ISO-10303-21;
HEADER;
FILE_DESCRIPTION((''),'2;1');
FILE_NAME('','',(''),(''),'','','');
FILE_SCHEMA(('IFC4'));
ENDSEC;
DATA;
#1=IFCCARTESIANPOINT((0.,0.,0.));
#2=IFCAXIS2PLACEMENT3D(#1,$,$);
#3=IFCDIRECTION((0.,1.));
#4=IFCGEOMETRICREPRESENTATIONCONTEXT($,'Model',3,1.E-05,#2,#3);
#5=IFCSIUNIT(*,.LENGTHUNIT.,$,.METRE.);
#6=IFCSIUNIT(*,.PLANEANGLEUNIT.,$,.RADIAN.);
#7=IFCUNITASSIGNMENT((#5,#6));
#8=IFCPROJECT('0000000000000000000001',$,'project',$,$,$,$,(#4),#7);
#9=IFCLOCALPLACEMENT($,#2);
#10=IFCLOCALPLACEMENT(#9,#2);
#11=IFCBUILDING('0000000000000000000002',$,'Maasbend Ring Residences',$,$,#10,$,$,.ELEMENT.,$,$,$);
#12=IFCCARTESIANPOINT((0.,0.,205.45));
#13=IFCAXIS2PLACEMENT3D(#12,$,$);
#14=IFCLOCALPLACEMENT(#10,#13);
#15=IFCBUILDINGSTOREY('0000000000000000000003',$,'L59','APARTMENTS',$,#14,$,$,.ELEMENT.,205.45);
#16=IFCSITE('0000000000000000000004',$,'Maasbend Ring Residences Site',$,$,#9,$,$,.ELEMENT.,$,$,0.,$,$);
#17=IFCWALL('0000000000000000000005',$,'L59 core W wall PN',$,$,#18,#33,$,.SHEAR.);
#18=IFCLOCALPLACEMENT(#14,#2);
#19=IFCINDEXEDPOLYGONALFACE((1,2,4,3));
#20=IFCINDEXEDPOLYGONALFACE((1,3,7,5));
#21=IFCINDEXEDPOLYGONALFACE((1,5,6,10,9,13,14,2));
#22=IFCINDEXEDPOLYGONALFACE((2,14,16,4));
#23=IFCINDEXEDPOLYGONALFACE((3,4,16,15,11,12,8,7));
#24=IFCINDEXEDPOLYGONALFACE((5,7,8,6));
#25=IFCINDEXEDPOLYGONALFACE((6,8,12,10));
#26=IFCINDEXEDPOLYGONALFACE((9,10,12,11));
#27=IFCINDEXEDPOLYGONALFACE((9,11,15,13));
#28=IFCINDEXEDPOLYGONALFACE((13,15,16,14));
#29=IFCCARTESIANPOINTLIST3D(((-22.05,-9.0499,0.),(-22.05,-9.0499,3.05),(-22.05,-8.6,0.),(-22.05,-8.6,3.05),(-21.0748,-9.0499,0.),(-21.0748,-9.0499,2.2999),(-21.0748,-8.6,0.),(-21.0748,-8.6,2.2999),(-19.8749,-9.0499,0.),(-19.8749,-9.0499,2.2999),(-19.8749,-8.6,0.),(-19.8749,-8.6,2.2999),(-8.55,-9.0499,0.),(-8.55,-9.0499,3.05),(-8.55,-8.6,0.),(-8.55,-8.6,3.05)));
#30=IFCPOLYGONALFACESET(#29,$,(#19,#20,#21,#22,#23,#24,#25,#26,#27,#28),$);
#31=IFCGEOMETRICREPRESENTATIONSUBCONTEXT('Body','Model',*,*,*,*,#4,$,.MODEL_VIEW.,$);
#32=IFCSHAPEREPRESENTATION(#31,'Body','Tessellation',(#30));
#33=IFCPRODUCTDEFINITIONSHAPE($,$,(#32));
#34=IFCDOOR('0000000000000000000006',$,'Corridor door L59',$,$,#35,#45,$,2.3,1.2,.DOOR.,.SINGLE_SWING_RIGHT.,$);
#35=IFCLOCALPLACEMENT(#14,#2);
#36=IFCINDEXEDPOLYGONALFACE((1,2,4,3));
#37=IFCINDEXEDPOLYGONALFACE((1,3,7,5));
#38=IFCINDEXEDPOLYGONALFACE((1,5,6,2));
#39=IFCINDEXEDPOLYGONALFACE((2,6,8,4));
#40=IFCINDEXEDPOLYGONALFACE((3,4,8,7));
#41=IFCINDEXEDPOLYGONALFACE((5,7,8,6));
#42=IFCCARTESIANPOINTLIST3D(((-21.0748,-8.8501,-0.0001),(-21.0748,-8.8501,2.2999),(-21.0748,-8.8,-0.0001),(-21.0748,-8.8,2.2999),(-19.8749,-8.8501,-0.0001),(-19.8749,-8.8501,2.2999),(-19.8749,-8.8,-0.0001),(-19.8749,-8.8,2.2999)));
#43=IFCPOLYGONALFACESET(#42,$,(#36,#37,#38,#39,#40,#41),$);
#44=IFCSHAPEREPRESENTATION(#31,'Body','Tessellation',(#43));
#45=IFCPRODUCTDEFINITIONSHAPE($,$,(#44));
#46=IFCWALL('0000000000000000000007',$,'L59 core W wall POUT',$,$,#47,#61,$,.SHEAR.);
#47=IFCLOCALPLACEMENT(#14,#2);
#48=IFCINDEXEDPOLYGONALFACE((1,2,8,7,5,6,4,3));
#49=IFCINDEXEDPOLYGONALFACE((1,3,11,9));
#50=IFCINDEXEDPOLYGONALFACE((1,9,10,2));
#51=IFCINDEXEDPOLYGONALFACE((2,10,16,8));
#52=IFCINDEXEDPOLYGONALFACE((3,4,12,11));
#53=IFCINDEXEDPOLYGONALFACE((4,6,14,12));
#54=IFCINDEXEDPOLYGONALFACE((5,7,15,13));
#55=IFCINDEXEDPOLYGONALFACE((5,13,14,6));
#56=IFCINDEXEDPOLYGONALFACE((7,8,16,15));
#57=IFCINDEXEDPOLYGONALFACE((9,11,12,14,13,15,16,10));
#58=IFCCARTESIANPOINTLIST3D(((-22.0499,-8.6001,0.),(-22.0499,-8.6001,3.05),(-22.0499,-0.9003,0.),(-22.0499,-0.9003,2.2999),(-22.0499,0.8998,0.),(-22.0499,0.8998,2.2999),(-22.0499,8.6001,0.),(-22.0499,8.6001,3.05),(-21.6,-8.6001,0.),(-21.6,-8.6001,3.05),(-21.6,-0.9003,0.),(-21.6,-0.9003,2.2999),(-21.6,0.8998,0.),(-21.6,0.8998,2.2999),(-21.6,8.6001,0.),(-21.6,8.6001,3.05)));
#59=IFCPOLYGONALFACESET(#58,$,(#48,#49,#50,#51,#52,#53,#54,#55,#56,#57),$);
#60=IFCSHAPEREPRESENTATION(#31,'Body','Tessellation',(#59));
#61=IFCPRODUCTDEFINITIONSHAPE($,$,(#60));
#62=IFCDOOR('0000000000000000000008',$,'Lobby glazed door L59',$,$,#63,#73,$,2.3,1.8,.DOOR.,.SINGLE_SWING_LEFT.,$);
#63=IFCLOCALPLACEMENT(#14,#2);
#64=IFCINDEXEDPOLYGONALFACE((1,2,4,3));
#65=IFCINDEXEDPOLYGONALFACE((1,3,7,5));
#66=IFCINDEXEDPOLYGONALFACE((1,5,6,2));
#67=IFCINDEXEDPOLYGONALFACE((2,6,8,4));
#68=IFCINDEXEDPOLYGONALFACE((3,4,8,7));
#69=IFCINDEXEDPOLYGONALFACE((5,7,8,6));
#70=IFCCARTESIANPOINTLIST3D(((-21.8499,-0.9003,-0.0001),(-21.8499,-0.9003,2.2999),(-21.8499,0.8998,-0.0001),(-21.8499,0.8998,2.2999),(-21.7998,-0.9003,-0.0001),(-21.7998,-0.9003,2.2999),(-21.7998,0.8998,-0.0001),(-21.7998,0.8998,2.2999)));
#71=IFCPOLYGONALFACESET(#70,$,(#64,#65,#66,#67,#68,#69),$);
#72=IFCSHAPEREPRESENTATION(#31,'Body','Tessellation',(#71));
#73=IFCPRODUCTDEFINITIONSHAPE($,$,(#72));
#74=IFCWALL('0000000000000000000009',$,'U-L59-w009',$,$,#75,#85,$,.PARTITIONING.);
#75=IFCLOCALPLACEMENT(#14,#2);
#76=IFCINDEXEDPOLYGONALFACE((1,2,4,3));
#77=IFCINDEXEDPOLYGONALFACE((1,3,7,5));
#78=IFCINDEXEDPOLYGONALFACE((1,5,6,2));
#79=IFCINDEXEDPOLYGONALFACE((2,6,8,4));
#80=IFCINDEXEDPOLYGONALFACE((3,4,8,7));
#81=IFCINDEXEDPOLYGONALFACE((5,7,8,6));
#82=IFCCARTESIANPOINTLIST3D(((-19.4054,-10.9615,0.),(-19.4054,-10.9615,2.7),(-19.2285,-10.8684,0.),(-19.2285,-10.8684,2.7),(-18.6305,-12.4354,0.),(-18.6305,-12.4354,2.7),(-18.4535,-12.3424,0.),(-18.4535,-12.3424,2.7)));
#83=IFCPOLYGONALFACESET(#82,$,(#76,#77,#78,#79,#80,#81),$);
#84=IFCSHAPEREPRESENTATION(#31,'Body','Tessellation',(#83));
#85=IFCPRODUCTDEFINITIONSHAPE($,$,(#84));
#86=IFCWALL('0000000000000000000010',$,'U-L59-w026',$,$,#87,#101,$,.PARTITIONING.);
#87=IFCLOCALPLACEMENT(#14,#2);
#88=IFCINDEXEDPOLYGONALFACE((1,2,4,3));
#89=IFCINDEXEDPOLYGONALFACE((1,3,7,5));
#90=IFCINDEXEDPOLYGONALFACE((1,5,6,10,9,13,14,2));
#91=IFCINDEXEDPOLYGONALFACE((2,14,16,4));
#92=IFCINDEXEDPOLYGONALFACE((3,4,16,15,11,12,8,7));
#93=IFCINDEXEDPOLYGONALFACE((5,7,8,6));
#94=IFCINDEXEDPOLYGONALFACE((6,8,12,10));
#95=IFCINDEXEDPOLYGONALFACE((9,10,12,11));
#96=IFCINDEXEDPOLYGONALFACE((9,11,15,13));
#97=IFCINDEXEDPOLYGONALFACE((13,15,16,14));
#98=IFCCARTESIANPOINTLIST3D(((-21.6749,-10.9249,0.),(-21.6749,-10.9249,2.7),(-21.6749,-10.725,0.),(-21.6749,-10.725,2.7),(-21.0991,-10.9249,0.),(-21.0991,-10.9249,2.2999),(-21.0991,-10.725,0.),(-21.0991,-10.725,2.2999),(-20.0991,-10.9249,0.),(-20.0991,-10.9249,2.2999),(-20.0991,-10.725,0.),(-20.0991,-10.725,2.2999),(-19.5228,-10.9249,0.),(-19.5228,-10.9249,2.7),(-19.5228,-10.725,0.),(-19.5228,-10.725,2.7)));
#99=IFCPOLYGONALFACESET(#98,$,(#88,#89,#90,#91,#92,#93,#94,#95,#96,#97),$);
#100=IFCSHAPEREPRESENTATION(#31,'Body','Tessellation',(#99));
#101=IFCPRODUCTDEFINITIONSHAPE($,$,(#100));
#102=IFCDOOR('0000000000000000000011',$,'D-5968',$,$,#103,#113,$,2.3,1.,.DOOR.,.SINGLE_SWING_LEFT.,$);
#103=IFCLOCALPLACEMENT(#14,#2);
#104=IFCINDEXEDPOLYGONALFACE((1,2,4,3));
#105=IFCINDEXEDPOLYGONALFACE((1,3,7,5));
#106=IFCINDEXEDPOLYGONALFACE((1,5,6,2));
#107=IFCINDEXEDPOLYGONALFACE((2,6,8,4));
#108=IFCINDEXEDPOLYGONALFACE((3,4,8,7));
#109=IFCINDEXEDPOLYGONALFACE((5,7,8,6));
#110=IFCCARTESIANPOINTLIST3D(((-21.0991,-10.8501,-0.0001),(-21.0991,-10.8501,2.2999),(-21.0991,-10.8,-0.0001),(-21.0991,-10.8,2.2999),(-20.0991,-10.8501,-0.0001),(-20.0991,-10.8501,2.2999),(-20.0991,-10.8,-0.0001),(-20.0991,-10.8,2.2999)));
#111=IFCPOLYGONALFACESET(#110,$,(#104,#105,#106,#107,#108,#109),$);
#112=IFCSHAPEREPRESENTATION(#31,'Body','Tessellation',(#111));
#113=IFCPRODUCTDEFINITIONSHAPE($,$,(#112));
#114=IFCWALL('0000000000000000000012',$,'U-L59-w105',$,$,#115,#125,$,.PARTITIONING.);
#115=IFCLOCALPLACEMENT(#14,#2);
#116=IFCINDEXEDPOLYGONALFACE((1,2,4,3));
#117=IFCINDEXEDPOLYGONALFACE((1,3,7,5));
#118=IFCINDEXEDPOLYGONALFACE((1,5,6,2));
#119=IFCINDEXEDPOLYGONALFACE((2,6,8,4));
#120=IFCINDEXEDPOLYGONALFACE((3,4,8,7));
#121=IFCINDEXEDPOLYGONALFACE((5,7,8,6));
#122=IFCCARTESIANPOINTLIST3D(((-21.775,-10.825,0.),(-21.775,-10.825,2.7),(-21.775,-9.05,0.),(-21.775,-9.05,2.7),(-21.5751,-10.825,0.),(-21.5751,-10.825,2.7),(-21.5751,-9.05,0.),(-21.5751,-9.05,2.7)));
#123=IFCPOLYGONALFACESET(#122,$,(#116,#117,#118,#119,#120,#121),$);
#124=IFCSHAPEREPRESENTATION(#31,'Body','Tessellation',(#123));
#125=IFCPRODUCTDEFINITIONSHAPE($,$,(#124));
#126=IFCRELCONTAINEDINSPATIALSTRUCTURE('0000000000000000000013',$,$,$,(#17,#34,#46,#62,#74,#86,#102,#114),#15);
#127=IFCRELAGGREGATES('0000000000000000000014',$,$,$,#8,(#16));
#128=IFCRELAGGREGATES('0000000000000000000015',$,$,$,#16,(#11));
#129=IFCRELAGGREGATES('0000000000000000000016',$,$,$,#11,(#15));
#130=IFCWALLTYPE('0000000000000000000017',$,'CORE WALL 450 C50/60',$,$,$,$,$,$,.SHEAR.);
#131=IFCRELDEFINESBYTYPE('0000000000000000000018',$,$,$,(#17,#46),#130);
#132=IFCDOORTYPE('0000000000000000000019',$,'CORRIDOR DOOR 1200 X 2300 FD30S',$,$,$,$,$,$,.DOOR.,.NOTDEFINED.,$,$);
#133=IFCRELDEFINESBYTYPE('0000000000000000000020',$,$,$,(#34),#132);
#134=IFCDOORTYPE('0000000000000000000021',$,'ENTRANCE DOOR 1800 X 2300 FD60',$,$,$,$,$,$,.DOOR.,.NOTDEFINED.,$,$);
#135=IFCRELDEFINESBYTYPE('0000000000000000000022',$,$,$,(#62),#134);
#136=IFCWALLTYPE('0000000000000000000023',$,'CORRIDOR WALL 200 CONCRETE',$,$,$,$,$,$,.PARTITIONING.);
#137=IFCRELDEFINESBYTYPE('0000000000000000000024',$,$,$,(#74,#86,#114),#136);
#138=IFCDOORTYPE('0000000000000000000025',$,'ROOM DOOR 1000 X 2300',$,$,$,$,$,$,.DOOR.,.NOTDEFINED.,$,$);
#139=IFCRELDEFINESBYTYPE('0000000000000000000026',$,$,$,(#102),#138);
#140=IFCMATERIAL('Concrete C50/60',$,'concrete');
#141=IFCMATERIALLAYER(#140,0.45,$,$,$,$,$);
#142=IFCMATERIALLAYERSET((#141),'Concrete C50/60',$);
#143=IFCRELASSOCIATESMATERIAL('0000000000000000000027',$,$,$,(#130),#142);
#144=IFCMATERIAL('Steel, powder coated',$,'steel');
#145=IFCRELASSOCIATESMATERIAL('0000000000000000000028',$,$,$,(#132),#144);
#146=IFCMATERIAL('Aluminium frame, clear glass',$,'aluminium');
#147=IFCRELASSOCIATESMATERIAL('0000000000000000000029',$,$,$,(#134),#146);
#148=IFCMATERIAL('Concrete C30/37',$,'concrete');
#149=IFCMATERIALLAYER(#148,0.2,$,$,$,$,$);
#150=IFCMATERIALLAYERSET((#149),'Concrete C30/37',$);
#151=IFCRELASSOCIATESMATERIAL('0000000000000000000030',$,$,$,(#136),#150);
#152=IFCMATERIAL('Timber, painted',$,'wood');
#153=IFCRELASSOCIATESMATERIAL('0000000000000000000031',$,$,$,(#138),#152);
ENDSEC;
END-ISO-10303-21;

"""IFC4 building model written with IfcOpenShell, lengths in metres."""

from ifc_helpers import new_model, si_unit, direction, frame, frame_2d, origin, place, context, subcontext, project, spatial, rectangle, extrude, material, layer, layer_set, type_object, element, fill, save


model = new_model("IFC4")

# Units and contexts
model_context = context("Model", 3, precision=1e-05, world=origin(), true_north=direction((0.0, 1.0)))
body_context = subcontext(model_context, "Body", "Model", "MODEL_VIEW")
ifc_project = project(units=[si_unit("LENGTHUNIT", "METRE"), si_unit("PLANEANGLEUNIT", "RADIAN")], contexts=[model_context])

# Site, building, storey
site_placement = place(None, origin())
site = spatial("IfcSite", under=ifc_project, at=site_placement, Name="Maasbend Ring Residences Site", CompositionType="ELEMENT", RefElevation=0.0)
building_placement = place(site_placement, origin())
building = spatial("IfcBuilding", under=site, at=building_placement, Name="Maasbend Ring Residences", CompositionType="ELEMENT")
storey_placement = place(building_placement, frame((0.0, 0.0, 205.45)))
storey = spatial("IfcBuildingStorey", under=building, at=storey_placement, Name="L59", Description="APARTMENTS", CompositionType="ELEMENT", Elevation=205.45)

# Walls, openings, doors
ifc_material_1 = material(Name="Concrete C50/60", Category="concrete")
ifc_layer_1 = layer(ifc_material_1, 0.45)
ifc_layer_set_1 = layer_set([ifc_layer_1], Name="Concrete C50/60")
wall_type_1 = type_object("IfcWallType", Name="CORE WALL 450 C50/60", PredefinedType="SHEAR", material=ifc_layer_set_1)
wall_1_placement = place(storey_placement, frame((-22.05, -8.825, 0.0), z_axis=(0.0, 0.0, 1.0), x_axis=(1.0, 0.0, 0.0)))
wall_1 = element("IfcWall", 1, at=wall_1_placement, inside=storey, type_object=wall_type_1, Name="L59 core W wall PN", PredefinedType="SHEAR", context=body_context, shape_type="SweptSolid", body=[
    extrude(rectangle(XDim=13.5, YDim=0.45, at=frame_2d((6.75, 0.0))), origin(), (0.0, 0.0, 1.0), 3.05),
])
opening_1_placement = place(wall_1_placement, frame((0.9751, 0.0, 0.0)))
opening_1 = element("IfcOpeningElement", 2, at=opening_1_placement, cuts=wall_1, PredefinedType="OPENING", context=body_context, shape_type="SweptSolid", body=[
    extrude(rectangle(XDim=1.2, YDim=2.3, at=frame_2d((0.6001, 1.1499))), frame((0.0, 0.2349, 0.0), z_axis=(0.0, -1.0, 0.0), x_axis=(1.0, 0.0, 0.0)), (0.0, 0.0, 1.0), 0.47),
])
ifc_material_2 = material(Name="Steel, powder coated", Category="steel")
door_type_1 = type_object("IfcDoorType", Name="CORRIDOR DOOR 1200 X 2300 FD30S", OperationType="NOTDEFINED", PredefinedType="DOOR", material=ifc_material_2)
door_1_placement = place(opening_1_placement, origin())
door_1 = element("IfcDoor", 3, at=door_1_placement, inside=storey, type_object=door_type_1, Name="Corridor door L59", OperationType="SINGLE_SWING_RIGHT", OverallHeight=2.3, OverallWidth=1.2, PredefinedType="DOOR", context=body_context, shape_type="SweptSolid", body=[
    extrude(rectangle(XDim=1.2, YDim=2.3, at=frame_2d((0.6001, 1.1499))), frame((0.0, 0.0249, 0.0), z_axis=(0.0, -1.0, 0.0), x_axis=(1.0, 0.0, 0.0)), (0.0, 0.0, 1.0), 0.05),
])
fill(opening_1, door_1)
wall_2_placement = place(storey_placement, frame((-21.825, -8.6001, 0.0), z_axis=(0.0, 0.0, 1.0), x_axis=(0.0, 1.0, 0.0)))
wall_2 = element("IfcWall", 4, at=wall_2_placement, inside=storey, type_object=wall_type_1, Name="L59 core W wall POUT", PredefinedType="SHEAR", context=body_context, shape_type="SweptSolid", body=[
    extrude(rectangle(XDim=17.2002, YDim=0.45, at=frame_2d((8.6001, 0.0))), origin(), (0.0, 0.0, 1.0), 3.05),
])
opening_2_placement = place(wall_2_placement, frame((7.7, 0.0, 0.0)))
opening_2 = element("IfcOpeningElement", 5, at=opening_2_placement, cuts=wall_2, PredefinedType="OPENING", context=body_context, shape_type="SweptSolid", body=[
    extrude(rectangle(XDim=1.8, YDim=2.3, at=frame_2d((0.8999, 1.1499))), frame((0.0, 0.2349, 0.0), z_axis=(0.0, -1.0, 0.0), x_axis=(1.0, 0.0, 0.0)), (0.0, 0.0, 1.0), 0.47),
])
ifc_material_3 = material(Name="Aluminium frame, clear glass", Category="aluminium")
door_type_2 = type_object("IfcDoorType", Name="ENTRANCE DOOR 1800 X 2300 FD60", OperationType="NOTDEFINED", PredefinedType="DOOR", material=ifc_material_3)
door_2_placement = place(opening_2_placement, origin())
door_2 = element("IfcDoor", 6, at=door_2_placement, inside=storey, type_object=door_type_2, Name="Lobby glazed door L59", OperationType="SINGLE_SWING_LEFT", OverallHeight=2.3, OverallWidth=1.8, PredefinedType="DOOR", context=body_context, shape_type="SweptSolid", body=[
    extrude(rectangle(XDim=1.8, YDim=2.3, at=frame_2d((0.8999, 1.1499))), frame((0.0, 0.0249, 0.0), z_axis=(0.0, -1.0, 0.0), x_axis=(1.0, 0.0, 0.0)), (0.0, 0.0, 1.0), 0.05),
])
fill(opening_2, door_2)

# Wall
ifc_material_4 = material(Name="Concrete C30/37", Category="concrete")
ifc_layer_2 = layer(ifc_material_4, 0.2)
ifc_layer_set_2 = layer_set([ifc_layer_2], Name="Concrete C30/37")
wall_type_2 = type_object("IfcWallType", Name="CORRIDOR WALL 200 CONCRETE", PredefinedType="PARTITIONING", material=ifc_layer_set_2)
wall_3_placement = place(storey_placement, frame((-19.3169, -10.915, 0.0), z_axis=(0.0, 0.0, 1.0), x_axis=(0.46536, -0.885122, 0.0)))
element("IfcWall", 7, at=wall_3_placement, inside=storey, type_object=wall_type_2, Name="U-L59-w009", PredefinedType="PARTITIONING", context=body_context, shape_type="SweptSolid", body=[
    extrude(rectangle(XDim=1.6653, YDim=0.2, at=frame_2d((0.8325, 0.0))), origin(), (0.0, 0.0, 1.0), 2.7),
])

# Wall, opening, door
wall_4_placement = place(storey_placement, frame((-21.675, -10.825, 0.0), z_axis=(0.0, 0.0, 1.0), x_axis=(1.0, 0.0, 0.0)))
wall_4 = element("IfcWall", 8, at=wall_4_placement, inside=storey, type_object=wall_type_2, Name="U-L59-w026", PredefinedType="PARTITIONING", context=body_context, shape_type="SweptSolid", body=[
    extrude(rectangle(XDim=2.1521, YDim=0.2, at=frame_2d((1.0762, 0.0))), origin(), (0.0, 0.0, 1.0), 2.7),
])
opening_3_placement = place(wall_4_placement, frame((0.5759, 0.0, 0.0)))
opening_3 = element("IfcOpeningElement", 9, at=opening_3_placement, cuts=wall_4, PredefinedType="OPENING", context=body_context, shape_type="SweptSolid", body=[
    extrude(rectangle(XDim=1.0, YDim=2.3, at=frame_2d((0.5, 1.1499))), frame((0.0, 0.1099, 0.0), z_axis=(0.0, -1.0, 0.0), x_axis=(1.0, 0.0, 0.0)), (0.0, 0.0, 1.0), 0.22),
])
ifc_material_5 = material(Name="Timber, painted", Category="wood")
door_type_3 = type_object("IfcDoorType", Name="ROOM DOOR 1000 X 2300", OperationType="NOTDEFINED", PredefinedType="DOOR", material=ifc_material_5)
door_3_placement = place(opening_3_placement, origin())
door_3 = element("IfcDoor", 10, at=door_3_placement, inside=storey, type_object=door_type_3, Name="D-5968", OperationType="SINGLE_SWING_LEFT", OverallHeight=2.3, OverallWidth=1.0, PredefinedType="DOOR", context=body_context, shape_type="SweptSolid", body=[
    extrude(rectangle(XDim=1.0, YDim=2.3, at=frame_2d((0.5, 1.1499))), frame((0.0, 0.0249, 0.0), z_axis=(0.0, -1.0, 0.0), x_axis=(1.0, 0.0, 0.0)), (0.0, 0.0, 1.0), 0.05),
])
fill(opening_3, door_3)

# Wall
wall_5_placement = place(storey_placement, frame((-21.675, -10.825, 0.0), z_axis=(0.0, 0.0, 1.0), x_axis=(0.0, 1.0, 0.0)))
element("IfcWall", 11, at=wall_5_placement, inside=storey, type_object=wall_type_2, Name="U-L59-w105", PredefinedType="PARTITIONING", context=body_context, shape_type="SweptSolid", body=[
    extrude(rectangle(XDim=1.7749, YDim=0.2, at=frame_2d((0.8875, 0.0))), origin(), (0.0, 0.0, 1.0), 2.7),
])

save(model, "model.ifc")
